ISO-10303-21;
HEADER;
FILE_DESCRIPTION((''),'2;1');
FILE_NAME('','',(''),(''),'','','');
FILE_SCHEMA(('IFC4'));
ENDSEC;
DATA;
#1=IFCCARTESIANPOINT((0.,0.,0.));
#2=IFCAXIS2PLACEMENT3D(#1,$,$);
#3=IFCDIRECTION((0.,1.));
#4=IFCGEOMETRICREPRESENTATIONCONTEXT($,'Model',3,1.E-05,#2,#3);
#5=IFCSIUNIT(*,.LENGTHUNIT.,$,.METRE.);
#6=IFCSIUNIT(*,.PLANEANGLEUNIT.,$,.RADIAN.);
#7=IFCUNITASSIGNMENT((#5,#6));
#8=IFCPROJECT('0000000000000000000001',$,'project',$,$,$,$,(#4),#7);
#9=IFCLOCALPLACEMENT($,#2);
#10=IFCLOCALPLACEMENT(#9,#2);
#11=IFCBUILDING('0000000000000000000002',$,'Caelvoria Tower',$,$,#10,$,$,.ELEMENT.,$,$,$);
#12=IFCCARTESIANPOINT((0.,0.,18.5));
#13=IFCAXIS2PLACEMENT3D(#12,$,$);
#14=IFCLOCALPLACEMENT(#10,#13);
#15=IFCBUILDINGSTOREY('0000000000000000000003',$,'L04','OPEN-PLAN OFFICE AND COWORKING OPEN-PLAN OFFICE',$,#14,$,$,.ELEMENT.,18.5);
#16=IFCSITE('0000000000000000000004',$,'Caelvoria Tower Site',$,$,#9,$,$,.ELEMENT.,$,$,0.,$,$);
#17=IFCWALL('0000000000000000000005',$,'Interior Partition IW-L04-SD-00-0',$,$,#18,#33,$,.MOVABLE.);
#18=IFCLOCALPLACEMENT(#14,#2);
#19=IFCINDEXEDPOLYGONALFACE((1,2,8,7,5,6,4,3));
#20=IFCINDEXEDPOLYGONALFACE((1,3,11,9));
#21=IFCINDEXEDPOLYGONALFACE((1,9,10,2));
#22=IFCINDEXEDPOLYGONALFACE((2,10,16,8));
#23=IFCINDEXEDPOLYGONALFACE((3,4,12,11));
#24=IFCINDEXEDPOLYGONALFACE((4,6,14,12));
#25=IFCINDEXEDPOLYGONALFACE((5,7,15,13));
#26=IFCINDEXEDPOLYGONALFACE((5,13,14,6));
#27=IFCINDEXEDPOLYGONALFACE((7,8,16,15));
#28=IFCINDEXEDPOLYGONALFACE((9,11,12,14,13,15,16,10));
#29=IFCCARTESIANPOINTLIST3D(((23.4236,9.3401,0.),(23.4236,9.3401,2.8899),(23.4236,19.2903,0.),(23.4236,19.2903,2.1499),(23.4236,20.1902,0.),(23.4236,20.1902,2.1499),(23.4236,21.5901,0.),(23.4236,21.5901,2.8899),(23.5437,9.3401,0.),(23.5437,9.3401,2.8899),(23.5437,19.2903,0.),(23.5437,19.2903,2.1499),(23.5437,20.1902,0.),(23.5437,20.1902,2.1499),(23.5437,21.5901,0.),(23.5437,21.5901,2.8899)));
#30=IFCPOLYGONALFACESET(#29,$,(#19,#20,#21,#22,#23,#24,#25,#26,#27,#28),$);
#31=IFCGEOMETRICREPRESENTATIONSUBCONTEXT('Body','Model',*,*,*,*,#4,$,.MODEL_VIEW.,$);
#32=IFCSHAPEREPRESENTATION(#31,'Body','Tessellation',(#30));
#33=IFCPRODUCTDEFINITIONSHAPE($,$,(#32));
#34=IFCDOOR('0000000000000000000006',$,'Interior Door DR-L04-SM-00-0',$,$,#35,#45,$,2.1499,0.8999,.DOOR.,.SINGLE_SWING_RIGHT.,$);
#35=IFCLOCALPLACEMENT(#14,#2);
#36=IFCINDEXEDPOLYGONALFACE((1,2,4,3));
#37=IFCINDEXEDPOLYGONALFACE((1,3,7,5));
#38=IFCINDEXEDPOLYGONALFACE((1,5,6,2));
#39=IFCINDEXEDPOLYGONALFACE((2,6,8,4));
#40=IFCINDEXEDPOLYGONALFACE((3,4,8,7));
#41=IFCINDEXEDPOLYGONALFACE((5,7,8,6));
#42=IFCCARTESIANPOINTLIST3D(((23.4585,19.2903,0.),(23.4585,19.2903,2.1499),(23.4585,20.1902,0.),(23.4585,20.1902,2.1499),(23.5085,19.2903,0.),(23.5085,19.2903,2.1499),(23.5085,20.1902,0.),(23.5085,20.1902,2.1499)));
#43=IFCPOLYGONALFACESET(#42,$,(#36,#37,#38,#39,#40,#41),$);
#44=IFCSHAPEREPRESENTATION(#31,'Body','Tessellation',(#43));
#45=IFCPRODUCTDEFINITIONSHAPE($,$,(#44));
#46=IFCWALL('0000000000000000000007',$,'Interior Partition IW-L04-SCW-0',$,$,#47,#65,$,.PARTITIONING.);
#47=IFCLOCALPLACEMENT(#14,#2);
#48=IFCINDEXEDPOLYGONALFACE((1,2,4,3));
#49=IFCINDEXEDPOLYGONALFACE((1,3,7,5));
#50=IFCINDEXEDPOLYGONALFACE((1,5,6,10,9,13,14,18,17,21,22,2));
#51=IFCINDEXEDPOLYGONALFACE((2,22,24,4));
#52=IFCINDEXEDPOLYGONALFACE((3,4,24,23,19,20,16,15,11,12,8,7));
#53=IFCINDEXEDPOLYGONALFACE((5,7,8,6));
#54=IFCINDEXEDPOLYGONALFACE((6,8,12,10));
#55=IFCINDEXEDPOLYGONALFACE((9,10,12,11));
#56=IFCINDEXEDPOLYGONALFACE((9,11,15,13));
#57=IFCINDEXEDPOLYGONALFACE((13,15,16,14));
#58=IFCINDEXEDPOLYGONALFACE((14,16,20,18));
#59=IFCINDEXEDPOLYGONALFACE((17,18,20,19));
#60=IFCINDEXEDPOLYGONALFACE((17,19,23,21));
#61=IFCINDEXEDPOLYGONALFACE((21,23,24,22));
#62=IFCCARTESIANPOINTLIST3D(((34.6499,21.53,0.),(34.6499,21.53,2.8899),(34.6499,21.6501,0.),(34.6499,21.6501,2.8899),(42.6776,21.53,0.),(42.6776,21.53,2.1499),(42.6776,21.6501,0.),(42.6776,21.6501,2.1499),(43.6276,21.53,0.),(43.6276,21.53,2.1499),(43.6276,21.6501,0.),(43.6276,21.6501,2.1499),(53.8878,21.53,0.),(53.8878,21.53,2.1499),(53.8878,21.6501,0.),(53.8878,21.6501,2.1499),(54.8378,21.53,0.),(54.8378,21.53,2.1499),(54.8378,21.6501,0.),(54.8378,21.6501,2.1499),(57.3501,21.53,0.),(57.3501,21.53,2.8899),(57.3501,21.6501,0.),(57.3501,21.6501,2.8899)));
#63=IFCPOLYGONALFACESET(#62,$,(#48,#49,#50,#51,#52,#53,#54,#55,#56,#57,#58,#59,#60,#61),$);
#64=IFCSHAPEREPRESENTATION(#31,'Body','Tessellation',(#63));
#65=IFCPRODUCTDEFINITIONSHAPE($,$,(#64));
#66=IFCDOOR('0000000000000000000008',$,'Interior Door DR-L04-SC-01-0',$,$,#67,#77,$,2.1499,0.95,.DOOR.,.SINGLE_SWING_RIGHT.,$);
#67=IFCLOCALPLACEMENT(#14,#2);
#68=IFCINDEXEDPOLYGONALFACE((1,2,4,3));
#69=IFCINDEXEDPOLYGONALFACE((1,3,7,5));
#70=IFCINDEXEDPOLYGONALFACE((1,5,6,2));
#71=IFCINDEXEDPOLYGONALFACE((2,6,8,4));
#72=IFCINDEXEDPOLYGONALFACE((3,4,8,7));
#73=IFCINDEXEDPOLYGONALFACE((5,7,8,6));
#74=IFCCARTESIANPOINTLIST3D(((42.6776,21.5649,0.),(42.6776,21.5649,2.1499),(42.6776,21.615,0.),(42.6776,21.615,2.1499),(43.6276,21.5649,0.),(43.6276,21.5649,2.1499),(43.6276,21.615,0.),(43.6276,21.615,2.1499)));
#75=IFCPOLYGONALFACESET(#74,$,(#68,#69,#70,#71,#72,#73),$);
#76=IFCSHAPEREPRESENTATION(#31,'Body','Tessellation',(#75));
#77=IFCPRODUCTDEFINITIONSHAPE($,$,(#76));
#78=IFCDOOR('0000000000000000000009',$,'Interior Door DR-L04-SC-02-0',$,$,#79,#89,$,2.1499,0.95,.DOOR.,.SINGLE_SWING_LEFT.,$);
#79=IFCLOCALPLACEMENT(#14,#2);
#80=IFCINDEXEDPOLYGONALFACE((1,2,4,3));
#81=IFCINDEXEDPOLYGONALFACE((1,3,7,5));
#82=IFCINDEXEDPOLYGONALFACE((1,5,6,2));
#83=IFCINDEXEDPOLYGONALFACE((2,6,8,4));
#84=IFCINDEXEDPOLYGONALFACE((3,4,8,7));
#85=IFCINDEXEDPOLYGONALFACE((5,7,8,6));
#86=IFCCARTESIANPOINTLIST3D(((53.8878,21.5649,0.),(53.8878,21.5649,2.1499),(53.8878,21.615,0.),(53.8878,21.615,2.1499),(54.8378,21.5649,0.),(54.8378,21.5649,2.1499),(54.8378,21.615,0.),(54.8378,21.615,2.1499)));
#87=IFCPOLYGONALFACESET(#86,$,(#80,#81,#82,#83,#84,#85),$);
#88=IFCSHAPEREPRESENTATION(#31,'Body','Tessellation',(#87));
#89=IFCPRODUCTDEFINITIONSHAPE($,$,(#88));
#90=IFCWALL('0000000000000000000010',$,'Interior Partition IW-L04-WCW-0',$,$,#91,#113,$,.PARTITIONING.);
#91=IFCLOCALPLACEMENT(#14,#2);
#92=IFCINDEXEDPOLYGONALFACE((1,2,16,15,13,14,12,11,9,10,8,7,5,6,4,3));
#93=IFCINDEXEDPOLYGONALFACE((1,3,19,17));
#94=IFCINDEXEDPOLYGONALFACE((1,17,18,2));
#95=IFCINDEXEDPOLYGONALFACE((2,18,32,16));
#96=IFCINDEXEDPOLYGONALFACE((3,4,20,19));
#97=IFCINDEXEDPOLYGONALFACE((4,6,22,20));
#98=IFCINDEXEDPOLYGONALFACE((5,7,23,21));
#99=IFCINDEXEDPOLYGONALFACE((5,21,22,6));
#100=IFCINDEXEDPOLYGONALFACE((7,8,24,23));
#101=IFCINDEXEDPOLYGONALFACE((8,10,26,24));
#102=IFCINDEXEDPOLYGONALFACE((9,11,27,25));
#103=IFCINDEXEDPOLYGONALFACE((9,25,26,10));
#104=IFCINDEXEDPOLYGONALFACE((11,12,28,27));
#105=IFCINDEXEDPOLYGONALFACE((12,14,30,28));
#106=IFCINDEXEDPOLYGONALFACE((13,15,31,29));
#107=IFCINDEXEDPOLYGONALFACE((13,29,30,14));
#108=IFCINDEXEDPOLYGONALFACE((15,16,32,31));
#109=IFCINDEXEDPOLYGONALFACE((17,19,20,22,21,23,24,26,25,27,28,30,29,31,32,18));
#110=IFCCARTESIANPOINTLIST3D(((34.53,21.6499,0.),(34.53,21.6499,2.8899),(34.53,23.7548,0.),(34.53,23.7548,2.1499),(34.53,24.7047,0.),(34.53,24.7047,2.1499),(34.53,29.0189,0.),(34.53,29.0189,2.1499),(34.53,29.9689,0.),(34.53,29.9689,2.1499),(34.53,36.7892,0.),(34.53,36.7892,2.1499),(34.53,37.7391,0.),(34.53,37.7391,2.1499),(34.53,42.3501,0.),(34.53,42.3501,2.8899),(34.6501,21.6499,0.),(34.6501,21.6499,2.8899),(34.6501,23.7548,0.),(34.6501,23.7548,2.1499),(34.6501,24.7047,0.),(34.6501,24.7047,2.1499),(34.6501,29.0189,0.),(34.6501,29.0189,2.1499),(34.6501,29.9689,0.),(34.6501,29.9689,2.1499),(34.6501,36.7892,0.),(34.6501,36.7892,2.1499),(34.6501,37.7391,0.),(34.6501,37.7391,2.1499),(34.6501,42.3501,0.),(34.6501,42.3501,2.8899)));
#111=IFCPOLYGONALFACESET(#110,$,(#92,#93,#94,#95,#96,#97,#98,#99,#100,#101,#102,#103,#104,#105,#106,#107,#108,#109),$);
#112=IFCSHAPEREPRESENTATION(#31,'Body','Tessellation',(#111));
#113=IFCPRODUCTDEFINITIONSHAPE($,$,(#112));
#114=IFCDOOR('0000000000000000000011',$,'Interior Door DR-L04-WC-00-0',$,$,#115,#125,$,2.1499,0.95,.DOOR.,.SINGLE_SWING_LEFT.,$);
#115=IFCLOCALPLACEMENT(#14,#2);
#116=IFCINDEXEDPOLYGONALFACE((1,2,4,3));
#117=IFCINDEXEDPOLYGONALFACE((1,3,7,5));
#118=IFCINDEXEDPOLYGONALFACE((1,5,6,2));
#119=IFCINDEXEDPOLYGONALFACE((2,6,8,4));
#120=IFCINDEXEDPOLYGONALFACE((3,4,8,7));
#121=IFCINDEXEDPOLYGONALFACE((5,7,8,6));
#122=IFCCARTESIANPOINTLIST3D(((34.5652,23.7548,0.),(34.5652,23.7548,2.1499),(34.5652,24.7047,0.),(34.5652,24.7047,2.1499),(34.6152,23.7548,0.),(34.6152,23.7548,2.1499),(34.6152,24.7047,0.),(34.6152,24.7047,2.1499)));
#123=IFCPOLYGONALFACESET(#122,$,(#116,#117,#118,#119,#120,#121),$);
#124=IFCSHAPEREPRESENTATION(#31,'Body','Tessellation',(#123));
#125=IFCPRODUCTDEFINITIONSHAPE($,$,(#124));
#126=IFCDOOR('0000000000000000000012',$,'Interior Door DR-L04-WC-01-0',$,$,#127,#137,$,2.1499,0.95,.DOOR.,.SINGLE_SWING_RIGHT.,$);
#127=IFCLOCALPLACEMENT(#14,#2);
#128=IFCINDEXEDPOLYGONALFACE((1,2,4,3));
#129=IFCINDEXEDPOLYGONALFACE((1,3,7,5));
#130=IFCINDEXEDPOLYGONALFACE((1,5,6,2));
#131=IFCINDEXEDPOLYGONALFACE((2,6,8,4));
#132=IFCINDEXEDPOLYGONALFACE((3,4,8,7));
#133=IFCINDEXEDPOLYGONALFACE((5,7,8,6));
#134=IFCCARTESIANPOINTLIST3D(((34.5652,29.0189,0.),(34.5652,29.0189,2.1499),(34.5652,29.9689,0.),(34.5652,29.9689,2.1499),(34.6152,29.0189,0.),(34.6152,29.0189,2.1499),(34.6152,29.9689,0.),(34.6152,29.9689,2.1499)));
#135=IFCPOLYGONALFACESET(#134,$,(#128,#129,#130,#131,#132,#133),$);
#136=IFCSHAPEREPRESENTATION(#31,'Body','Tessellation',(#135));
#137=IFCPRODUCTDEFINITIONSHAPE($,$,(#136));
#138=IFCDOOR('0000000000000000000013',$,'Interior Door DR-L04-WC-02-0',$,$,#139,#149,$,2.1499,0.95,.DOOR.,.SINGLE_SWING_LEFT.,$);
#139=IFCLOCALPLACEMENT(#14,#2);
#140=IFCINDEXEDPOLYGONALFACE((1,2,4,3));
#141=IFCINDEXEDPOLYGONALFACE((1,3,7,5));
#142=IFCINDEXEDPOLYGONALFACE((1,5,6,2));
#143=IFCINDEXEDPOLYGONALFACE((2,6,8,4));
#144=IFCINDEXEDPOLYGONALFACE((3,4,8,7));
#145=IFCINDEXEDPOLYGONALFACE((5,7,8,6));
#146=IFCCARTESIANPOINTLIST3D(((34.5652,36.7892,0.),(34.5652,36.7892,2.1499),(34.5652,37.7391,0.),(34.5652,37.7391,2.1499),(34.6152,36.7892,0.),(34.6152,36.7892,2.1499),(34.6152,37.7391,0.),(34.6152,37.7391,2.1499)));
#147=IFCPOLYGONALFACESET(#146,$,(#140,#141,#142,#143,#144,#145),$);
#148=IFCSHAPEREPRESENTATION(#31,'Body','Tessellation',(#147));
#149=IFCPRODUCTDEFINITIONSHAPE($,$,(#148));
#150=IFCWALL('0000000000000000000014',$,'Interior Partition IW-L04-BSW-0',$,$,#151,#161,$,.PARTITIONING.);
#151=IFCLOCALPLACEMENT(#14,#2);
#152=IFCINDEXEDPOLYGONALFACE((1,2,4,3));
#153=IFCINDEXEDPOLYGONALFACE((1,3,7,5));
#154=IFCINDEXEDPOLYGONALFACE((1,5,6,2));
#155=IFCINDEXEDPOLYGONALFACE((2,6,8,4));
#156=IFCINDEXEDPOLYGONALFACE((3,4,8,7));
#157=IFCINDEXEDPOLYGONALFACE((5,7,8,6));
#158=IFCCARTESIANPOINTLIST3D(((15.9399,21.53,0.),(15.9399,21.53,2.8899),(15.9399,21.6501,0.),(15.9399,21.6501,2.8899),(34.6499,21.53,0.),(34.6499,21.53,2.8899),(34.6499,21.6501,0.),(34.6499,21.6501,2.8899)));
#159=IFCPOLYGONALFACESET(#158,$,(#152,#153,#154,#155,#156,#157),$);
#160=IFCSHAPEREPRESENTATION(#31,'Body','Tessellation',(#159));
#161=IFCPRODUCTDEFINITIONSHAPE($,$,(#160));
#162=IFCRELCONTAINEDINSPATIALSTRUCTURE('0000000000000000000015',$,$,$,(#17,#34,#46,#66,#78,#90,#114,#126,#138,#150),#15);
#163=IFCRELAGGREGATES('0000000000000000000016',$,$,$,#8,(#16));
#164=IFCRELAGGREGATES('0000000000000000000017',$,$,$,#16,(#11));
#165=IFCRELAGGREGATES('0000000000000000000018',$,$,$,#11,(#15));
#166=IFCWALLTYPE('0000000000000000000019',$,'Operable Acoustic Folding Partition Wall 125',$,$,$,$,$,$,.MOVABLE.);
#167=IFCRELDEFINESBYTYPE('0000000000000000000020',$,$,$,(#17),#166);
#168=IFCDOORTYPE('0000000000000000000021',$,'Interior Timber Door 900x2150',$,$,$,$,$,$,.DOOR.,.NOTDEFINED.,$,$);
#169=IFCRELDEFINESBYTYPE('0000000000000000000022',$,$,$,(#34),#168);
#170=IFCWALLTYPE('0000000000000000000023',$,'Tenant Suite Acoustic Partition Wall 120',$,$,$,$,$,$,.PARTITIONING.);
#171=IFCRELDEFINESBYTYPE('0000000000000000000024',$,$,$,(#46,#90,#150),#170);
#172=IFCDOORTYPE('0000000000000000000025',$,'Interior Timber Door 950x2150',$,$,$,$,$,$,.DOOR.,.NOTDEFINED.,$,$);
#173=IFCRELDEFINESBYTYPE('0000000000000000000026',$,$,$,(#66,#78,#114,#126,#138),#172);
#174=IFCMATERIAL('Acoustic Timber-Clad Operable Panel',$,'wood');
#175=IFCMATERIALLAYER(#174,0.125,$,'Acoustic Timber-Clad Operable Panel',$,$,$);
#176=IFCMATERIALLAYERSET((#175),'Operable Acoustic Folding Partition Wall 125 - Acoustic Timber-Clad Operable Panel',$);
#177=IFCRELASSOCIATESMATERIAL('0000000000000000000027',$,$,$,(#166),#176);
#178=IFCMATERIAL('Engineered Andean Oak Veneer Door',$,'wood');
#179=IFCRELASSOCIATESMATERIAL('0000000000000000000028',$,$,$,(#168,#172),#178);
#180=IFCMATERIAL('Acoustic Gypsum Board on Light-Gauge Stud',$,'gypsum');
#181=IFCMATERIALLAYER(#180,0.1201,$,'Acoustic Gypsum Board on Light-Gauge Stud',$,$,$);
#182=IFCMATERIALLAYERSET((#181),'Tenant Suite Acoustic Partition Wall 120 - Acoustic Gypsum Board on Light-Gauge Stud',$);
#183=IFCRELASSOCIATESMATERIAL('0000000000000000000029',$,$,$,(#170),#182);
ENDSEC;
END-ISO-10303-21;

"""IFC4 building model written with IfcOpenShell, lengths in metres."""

from ifc_helpers import new_model, si_unit, direction, frame, frame_2d, origin, place, context, subcontext, project, spatial, rectangle, extrude, material, layer, layer_set, type_object, element, fill, save


model = new_model("IFC4")

# Units and contexts
model_context = context("Model", 3, precision=1e-05, world=origin(), true_north=direction((0.0, 1.0)))
body_context = subcontext(model_context, "Body", "Model", "MODEL_VIEW")
ifc_project = project(units=[si_unit("LENGTHUNIT", "METRE"), si_unit("PLANEANGLEUNIT", "RADIAN")], contexts=[model_context])

# Site, building, storey
site_placement = place(None, origin())
site = spatial("IfcSite", under=ifc_project, at=site_placement, Name="Caelvoria Tower Site", CompositionType="ELEMENT", RefElevation=0.0)
building_placement = place(site_placement, origin())
building = spatial("IfcBuilding", under=site, at=building_placement, Name="Caelvoria Tower", CompositionType="ELEMENT")
storey_placement = place(building_placement, frame((0.0, 0.0, 18.5)))
storey = spatial("IfcBuildingStorey", under=building, at=storey_placement, Name="L04", Description="OPEN-PLAN OFFICE AND COWORKING OPEN-PLAN OFFICE", CompositionType="ELEMENT", Elevation=18.5)

# Wall, opening, door
ifc_material_1 = material(Name="Acoustic Timber-Clad Operable Panel", Category="wood")
ifc_layer_1 = layer(ifc_material_1, 0.125, Name="Acoustic Timber-Clad Operable Panel")
ifc_layer_set_1 = layer_set([ifc_layer_1], Name="Operable Acoustic Folding Partition Wall 125 - Acoustic Timber-Clad Operable Panel")
wall_type_1 = type_object("IfcWallType", Name="Operable Acoustic Folding Partition Wall 125", PredefinedType="MOVABLE", material=ifc_layer_set_1)
wall_1_placement = place(storey_placement, frame((23.4836, 21.5901, 0.0), z_axis=(0.0, 0.0, 1.0), x_axis=(0.0, -1.0, 0.0)))
wall_1 = element("IfcWall", 1, at=wall_1_placement, inside=storey, type_object=wall_type_1, Name="Interior Partition IW-L04-SD-00-0", PredefinedType="MOVABLE", context=body_context, shape_type="SweptSolid", body=[
    extrude(rectangle(XDim=12.25, YDim=0.1201, at=frame_2d((6.125, 0.0))), origin(), (0.0, 0.0, 1.0), 2.8899),
])
opening_1_placement = place(wall_1_placement, frame((1.3999, 0.0, 0.0)))
opening_1 = element("IfcOpeningElement", 2, at=opening_1_placement, cuts=wall_1, PredefinedType="OPENING", context=body_context, shape_type="SweptSolid", body=[
    extrude(rectangle(XDim=0.8999, YDim=2.1499, at=frame_2d((0.45, 1.075))), frame((0.0, 0.0701, 0.0), z_axis=(0.0, -1.0, 0.0), x_axis=(1.0, 0.0, 0.0)), (0.0, 0.0, 1.0), 0.1401),
])
ifc_material_2 = material(Name="Engineered Andean Oak Veneer Door", Category="wood")
door_type_1 = type_object("IfcDoorType", Name="Interior Timber Door 900x2150", OperationType="NOTDEFINED", PredefinedType="DOOR", material=ifc_material_2)
door_1_placement = place(opening_1_placement, origin())
door_1 = element("IfcDoor", 3, at=door_1_placement, inside=storey, type_object=door_type_1, Name="Interior Door DR-L04-SM-00-0", OperationType="SINGLE_SWING_RIGHT", OverallHeight=2.1499, OverallWidth=0.8999, PredefinedType="DOOR", context=body_context, shape_type="SweptSolid", body=[
    extrude(rectangle(XDim=0.8999, YDim=2.1499, at=frame_2d((0.45, 1.075))), frame((0.0, 0.0249, 0.0), z_axis=(0.0, -1.0, 0.0), x_axis=(1.0, 0.0, 0.0)), (0.0, 0.0, 1.0), 0.05),
])
fill(opening_1, door_1)

# Walls, openings, doors
ifc_material_3 = material(Name="Acoustic Gypsum Board on Light-Gauge Stud", Category="gypsum")
ifc_layer_2 = layer(ifc_material_3, 0.1201, Name="Acoustic Gypsum Board on Light-Gauge Stud")
ifc_layer_set_2 = layer_set([ifc_layer_2], Name="Tenant Suite Acoustic Partition Wall 120 - Acoustic Gypsum Board on Light-Gauge Stud")
wall_type_2 = type_object("IfcWallType", Name="Tenant Suite Acoustic Partition Wall 120", PredefinedType="PARTITIONING", material=ifc_layer_set_2)
wall_2_placement = place(storey_placement, frame((34.6499, 21.5901, 0.0), z_axis=(0.0, 0.0, 1.0), x_axis=(1.0, 0.0, 0.0)))
wall_2 = element("IfcWall", 4, at=wall_2_placement, inside=storey, type_object=wall_type_2, Name="Interior Partition IW-L04-SCW-0", PredefinedType="PARTITIONING", context=body_context, shape_type="SweptSolid", body=[
    extrude(rectangle(XDim=22.7002, YDim=0.1201, at=frame_2d((11.3501, 0.0))), origin(), (0.0, 0.0, 1.0), 2.8899),
])
opening_2_placement = place(wall_2_placement, frame((8.0276, 0.0, 0.0)))
opening_2 = element("IfcOpeningElement", 5, at=opening_2_placement, cuts=wall_2, PredefinedType="OPENING", context=body_context, shape_type="SweptSolid", body=[
    extrude(rectangle(XDim=0.95, YDim=2.1499, at=frame_2d((0.4751, 1.075))), frame((0.0, 0.0701, 0.0), z_axis=(0.0, -1.0, 0.0), x_axis=(1.0, 0.0, 0.0)), (0.0, 0.0, 1.0), 0.1401),
])
opening_3_placement = place(wall_2_placement, frame((19.2378, 0.0, 0.0)))
opening_3 = element("IfcOpeningElement", 6, at=opening_3_placement, cuts=wall_2, PredefinedType="OPENING", context=body_context, shape_type="SweptSolid", body=[
    extrude(rectangle(XDim=0.95, YDim=2.1499, at=frame_2d((0.4751, 1.075))), frame((0.0, 0.0701, 0.0), z_axis=(0.0, -1.0, 0.0), x_axis=(1.0, 0.0, 0.0)), (0.0, 0.0, 1.0), 0.1401),
])
door_type_2 = type_object("IfcDoorType", Name="Interior Timber Door 950x2150", OperationType="NOTDEFINED", PredefinedType="DOOR", material=ifc_material_2)
door_2_placement = place(opening_2_placement, origin())
door_2 = element("IfcDoor", 7, at=door_2_placement, inside=storey, type_object=door_type_2, Name="Interior Door DR-L04-SC-01-0", OperationType="SINGLE_SWING_RIGHT", OverallHeight=2.1499, OverallWidth=0.95, PredefinedType="DOOR", context=body_context, shape_type="SweptSolid", body=[
    extrude(rectangle(XDim=0.95, YDim=2.1499, at=frame_2d((0.4751, 1.075))), frame((0.0, 0.0249, 0.0), z_axis=(0.0, -1.0, 0.0), x_axis=(1.0, 0.0, 0.0)), (0.0, 0.0, 1.0), 0.05),
])
fill(opening_2, door_2)
door_3_placement = place(opening_3_placement, origin())
door_3 = element("IfcDoor", 8, at=door_3_placement, inside=storey, type_object=door_type_2, Name="Interior Door DR-L04-SC-02-0", OperationType="SINGLE_SWING_LEFT", OverallHeight=2.1499, OverallWidth=0.95, PredefinedType="DOOR", context=body_context, shape_type="SweptSolid", body=[
    extrude(rectangle(XDim=0.95, YDim=2.1499, at=frame_2d((0.4751, 1.075))), frame((0.0, 0.0249, 0.0), z_axis=(0.0, -1.0, 0.0), x_axis=(1.0, 0.0, 0.0)), (0.0, 0.0, 1.0), 0.05),
])
fill(opening_3, door_3)
wall_3_placement = place(storey_placement, frame((34.5901, 21.6499, 0.0), z_axis=(0.0, 0.0, 1.0), x_axis=(0.0, 1.0, 0.0)))
wall_3 = element("IfcWall", 9, at=wall_3_placement, inside=storey, type_object=wall_type_2, Name="Interior Partition IW-L04-WCW-0", PredefinedType="PARTITIONING", context=body_context, shape_type="SweptSolid", body=[
    extrude(rectangle(XDim=20.7002, YDim=0.1201, at=frame_2d((10.3501, 0.0))), origin(), (0.0, 0.0, 1.0), 2.8899),
])
opening_4_placement = place(wall_3_placement, frame((2.1047, 0.0, 0.0)))
opening_4 = element("IfcOpeningElement", 10, at=opening_4_placement, cuts=wall_3, PredefinedType="OPENING", context=body_context, shape_type="SweptSolid", body=[
    extrude(rectangle(XDim=0.95, YDim=2.1499, at=frame_2d((0.4751, 1.075))), frame((0.0, 0.0701, 0.0), z_axis=(0.0, -1.0, 0.0), x_axis=(1.0, 0.0, 0.0)), (0.0, 0.0, 1.0), 0.1401),
])
opening_5_placement = place(wall_3_placement, frame((7.3689, 0.0, 0.0)))
opening_5 = element("IfcOpeningElement", 11, at=opening_5_placement, cuts=wall_3, PredefinedType="OPENING", context=body_context, shape_type="SweptSolid", body=[
    extrude(rectangle(XDim=0.95, YDim=2.1499, at=frame_2d((0.4751, 1.075))), frame((0.0, 0.0701, 0.0), z_axis=(0.0, -1.0, 0.0), x_axis=(1.0, 0.0, 0.0)), (0.0, 0.0, 1.0), 0.1401),
])
opening_6_placement = place(wall_3_placement, frame((15.1392, 0.0, 0.0)))
opening_6 = element("IfcOpeningElement", 12, at=opening_6_placement, cuts=wall_3, PredefinedType="OPENING", context=body_context, shape_type="SweptSolid", body=[
    extrude(rectangle(XDim=0.95, YDim=2.1499, at=frame_2d((0.4751, 1.075))), frame((0.0, 0.0701, 0.0), z_axis=(0.0, -1.0, 0.0), x_axis=(1.0, 0.0, 0.0)), (0.0, 0.0, 1.0), 0.1401),
])
door_4_placement = place(opening_4_placement, origin())
door_4 = element("IfcDoor", 13, at=door_4_placement, inside=storey, type_object=door_type_2, Name="Interior Door DR-L04-WC-00-0", OperationType="SINGLE_SWING_LEFT", OverallHeight=2.1499, OverallWidth=0.95, PredefinedType="DOOR", context=body_context, shape_type="SweptSolid", body=[
    extrude(rectangle(XDim=0.95, YDim=2.1499, at=frame_2d((0.4751, 1.075))), frame((0.0, 0.0249, 0.0), z_axis=(0.0, -1.0, 0.0), x_axis=(1.0, 0.0, 0.0)), (0.0, 0.0, 1.0), 0.05),
])
fill(opening_4, door_4)
door_5_placement = place(opening_5_placement, origin())
door_5 = element("IfcDoor", 14, at=door_5_placement, inside=storey, type_object=door_type_2, Name="Interior Door DR-L04-WC-01-0", OperationType="SINGLE_SWING_RIGHT", OverallHeight=2.1499, OverallWidth=0.95, PredefinedType="DOOR", context=body_context, shape_type="SweptSolid", body=[
    extrude(rectangle(XDim=0.95, YDim=2.1499, at=frame_2d((0.4751, 1.075))), frame((0.0, 0.0249, 0.0), z_axis=(0.0, -1.0, 0.0), x_axis=(1.0, 0.0, 0.0)), (0.0, 0.0, 1.0), 0.05),
])
fill(opening_5, door_5)
door_6_placement = place(opening_6_placement, origin())
door_6 = element("IfcDoor", 15, at=door_6_placement, inside=storey, type_object=door_type_2, Name="Interior Door DR-L04-WC-02-0", OperationType="SINGLE_SWING_LEFT", OverallHeight=2.1499, OverallWidth=0.95, PredefinedType="DOOR", context=body_context, shape_type="SweptSolid", body=[
    extrude(rectangle(XDim=0.95, YDim=2.1499, at=frame_2d((0.4751, 1.075))), frame((0.0, 0.0249, 0.0), z_axis=(0.0, -1.0, 0.0), x_axis=(1.0, 0.0, 0.0)), (0.0, 0.0, 1.0), 0.05),
])
fill(opening_6, door_6)

# Wall
wall_4_placement = place(storey_placement, frame((34.6499, 21.5901, 0.0), z_axis=(0.0, 0.0, 1.0), x_axis=(-1.0, 0.0, 0.0)))
element("IfcWall", 16, at=wall_4_placement, inside=storey, type_object=wall_type_2, Name="Interior Partition IW-L04-BSW-0", PredefinedType="PARTITIONING", context=body_context, shape_type="SweptSolid", body=[
    extrude(rectangle(XDim=18.71, YDim=0.1201, at=frame_2d((9.355, 0.0))), origin(), (0.0, 0.0, 1.0), 2.8899),
])

save(model, "model.ifc")
